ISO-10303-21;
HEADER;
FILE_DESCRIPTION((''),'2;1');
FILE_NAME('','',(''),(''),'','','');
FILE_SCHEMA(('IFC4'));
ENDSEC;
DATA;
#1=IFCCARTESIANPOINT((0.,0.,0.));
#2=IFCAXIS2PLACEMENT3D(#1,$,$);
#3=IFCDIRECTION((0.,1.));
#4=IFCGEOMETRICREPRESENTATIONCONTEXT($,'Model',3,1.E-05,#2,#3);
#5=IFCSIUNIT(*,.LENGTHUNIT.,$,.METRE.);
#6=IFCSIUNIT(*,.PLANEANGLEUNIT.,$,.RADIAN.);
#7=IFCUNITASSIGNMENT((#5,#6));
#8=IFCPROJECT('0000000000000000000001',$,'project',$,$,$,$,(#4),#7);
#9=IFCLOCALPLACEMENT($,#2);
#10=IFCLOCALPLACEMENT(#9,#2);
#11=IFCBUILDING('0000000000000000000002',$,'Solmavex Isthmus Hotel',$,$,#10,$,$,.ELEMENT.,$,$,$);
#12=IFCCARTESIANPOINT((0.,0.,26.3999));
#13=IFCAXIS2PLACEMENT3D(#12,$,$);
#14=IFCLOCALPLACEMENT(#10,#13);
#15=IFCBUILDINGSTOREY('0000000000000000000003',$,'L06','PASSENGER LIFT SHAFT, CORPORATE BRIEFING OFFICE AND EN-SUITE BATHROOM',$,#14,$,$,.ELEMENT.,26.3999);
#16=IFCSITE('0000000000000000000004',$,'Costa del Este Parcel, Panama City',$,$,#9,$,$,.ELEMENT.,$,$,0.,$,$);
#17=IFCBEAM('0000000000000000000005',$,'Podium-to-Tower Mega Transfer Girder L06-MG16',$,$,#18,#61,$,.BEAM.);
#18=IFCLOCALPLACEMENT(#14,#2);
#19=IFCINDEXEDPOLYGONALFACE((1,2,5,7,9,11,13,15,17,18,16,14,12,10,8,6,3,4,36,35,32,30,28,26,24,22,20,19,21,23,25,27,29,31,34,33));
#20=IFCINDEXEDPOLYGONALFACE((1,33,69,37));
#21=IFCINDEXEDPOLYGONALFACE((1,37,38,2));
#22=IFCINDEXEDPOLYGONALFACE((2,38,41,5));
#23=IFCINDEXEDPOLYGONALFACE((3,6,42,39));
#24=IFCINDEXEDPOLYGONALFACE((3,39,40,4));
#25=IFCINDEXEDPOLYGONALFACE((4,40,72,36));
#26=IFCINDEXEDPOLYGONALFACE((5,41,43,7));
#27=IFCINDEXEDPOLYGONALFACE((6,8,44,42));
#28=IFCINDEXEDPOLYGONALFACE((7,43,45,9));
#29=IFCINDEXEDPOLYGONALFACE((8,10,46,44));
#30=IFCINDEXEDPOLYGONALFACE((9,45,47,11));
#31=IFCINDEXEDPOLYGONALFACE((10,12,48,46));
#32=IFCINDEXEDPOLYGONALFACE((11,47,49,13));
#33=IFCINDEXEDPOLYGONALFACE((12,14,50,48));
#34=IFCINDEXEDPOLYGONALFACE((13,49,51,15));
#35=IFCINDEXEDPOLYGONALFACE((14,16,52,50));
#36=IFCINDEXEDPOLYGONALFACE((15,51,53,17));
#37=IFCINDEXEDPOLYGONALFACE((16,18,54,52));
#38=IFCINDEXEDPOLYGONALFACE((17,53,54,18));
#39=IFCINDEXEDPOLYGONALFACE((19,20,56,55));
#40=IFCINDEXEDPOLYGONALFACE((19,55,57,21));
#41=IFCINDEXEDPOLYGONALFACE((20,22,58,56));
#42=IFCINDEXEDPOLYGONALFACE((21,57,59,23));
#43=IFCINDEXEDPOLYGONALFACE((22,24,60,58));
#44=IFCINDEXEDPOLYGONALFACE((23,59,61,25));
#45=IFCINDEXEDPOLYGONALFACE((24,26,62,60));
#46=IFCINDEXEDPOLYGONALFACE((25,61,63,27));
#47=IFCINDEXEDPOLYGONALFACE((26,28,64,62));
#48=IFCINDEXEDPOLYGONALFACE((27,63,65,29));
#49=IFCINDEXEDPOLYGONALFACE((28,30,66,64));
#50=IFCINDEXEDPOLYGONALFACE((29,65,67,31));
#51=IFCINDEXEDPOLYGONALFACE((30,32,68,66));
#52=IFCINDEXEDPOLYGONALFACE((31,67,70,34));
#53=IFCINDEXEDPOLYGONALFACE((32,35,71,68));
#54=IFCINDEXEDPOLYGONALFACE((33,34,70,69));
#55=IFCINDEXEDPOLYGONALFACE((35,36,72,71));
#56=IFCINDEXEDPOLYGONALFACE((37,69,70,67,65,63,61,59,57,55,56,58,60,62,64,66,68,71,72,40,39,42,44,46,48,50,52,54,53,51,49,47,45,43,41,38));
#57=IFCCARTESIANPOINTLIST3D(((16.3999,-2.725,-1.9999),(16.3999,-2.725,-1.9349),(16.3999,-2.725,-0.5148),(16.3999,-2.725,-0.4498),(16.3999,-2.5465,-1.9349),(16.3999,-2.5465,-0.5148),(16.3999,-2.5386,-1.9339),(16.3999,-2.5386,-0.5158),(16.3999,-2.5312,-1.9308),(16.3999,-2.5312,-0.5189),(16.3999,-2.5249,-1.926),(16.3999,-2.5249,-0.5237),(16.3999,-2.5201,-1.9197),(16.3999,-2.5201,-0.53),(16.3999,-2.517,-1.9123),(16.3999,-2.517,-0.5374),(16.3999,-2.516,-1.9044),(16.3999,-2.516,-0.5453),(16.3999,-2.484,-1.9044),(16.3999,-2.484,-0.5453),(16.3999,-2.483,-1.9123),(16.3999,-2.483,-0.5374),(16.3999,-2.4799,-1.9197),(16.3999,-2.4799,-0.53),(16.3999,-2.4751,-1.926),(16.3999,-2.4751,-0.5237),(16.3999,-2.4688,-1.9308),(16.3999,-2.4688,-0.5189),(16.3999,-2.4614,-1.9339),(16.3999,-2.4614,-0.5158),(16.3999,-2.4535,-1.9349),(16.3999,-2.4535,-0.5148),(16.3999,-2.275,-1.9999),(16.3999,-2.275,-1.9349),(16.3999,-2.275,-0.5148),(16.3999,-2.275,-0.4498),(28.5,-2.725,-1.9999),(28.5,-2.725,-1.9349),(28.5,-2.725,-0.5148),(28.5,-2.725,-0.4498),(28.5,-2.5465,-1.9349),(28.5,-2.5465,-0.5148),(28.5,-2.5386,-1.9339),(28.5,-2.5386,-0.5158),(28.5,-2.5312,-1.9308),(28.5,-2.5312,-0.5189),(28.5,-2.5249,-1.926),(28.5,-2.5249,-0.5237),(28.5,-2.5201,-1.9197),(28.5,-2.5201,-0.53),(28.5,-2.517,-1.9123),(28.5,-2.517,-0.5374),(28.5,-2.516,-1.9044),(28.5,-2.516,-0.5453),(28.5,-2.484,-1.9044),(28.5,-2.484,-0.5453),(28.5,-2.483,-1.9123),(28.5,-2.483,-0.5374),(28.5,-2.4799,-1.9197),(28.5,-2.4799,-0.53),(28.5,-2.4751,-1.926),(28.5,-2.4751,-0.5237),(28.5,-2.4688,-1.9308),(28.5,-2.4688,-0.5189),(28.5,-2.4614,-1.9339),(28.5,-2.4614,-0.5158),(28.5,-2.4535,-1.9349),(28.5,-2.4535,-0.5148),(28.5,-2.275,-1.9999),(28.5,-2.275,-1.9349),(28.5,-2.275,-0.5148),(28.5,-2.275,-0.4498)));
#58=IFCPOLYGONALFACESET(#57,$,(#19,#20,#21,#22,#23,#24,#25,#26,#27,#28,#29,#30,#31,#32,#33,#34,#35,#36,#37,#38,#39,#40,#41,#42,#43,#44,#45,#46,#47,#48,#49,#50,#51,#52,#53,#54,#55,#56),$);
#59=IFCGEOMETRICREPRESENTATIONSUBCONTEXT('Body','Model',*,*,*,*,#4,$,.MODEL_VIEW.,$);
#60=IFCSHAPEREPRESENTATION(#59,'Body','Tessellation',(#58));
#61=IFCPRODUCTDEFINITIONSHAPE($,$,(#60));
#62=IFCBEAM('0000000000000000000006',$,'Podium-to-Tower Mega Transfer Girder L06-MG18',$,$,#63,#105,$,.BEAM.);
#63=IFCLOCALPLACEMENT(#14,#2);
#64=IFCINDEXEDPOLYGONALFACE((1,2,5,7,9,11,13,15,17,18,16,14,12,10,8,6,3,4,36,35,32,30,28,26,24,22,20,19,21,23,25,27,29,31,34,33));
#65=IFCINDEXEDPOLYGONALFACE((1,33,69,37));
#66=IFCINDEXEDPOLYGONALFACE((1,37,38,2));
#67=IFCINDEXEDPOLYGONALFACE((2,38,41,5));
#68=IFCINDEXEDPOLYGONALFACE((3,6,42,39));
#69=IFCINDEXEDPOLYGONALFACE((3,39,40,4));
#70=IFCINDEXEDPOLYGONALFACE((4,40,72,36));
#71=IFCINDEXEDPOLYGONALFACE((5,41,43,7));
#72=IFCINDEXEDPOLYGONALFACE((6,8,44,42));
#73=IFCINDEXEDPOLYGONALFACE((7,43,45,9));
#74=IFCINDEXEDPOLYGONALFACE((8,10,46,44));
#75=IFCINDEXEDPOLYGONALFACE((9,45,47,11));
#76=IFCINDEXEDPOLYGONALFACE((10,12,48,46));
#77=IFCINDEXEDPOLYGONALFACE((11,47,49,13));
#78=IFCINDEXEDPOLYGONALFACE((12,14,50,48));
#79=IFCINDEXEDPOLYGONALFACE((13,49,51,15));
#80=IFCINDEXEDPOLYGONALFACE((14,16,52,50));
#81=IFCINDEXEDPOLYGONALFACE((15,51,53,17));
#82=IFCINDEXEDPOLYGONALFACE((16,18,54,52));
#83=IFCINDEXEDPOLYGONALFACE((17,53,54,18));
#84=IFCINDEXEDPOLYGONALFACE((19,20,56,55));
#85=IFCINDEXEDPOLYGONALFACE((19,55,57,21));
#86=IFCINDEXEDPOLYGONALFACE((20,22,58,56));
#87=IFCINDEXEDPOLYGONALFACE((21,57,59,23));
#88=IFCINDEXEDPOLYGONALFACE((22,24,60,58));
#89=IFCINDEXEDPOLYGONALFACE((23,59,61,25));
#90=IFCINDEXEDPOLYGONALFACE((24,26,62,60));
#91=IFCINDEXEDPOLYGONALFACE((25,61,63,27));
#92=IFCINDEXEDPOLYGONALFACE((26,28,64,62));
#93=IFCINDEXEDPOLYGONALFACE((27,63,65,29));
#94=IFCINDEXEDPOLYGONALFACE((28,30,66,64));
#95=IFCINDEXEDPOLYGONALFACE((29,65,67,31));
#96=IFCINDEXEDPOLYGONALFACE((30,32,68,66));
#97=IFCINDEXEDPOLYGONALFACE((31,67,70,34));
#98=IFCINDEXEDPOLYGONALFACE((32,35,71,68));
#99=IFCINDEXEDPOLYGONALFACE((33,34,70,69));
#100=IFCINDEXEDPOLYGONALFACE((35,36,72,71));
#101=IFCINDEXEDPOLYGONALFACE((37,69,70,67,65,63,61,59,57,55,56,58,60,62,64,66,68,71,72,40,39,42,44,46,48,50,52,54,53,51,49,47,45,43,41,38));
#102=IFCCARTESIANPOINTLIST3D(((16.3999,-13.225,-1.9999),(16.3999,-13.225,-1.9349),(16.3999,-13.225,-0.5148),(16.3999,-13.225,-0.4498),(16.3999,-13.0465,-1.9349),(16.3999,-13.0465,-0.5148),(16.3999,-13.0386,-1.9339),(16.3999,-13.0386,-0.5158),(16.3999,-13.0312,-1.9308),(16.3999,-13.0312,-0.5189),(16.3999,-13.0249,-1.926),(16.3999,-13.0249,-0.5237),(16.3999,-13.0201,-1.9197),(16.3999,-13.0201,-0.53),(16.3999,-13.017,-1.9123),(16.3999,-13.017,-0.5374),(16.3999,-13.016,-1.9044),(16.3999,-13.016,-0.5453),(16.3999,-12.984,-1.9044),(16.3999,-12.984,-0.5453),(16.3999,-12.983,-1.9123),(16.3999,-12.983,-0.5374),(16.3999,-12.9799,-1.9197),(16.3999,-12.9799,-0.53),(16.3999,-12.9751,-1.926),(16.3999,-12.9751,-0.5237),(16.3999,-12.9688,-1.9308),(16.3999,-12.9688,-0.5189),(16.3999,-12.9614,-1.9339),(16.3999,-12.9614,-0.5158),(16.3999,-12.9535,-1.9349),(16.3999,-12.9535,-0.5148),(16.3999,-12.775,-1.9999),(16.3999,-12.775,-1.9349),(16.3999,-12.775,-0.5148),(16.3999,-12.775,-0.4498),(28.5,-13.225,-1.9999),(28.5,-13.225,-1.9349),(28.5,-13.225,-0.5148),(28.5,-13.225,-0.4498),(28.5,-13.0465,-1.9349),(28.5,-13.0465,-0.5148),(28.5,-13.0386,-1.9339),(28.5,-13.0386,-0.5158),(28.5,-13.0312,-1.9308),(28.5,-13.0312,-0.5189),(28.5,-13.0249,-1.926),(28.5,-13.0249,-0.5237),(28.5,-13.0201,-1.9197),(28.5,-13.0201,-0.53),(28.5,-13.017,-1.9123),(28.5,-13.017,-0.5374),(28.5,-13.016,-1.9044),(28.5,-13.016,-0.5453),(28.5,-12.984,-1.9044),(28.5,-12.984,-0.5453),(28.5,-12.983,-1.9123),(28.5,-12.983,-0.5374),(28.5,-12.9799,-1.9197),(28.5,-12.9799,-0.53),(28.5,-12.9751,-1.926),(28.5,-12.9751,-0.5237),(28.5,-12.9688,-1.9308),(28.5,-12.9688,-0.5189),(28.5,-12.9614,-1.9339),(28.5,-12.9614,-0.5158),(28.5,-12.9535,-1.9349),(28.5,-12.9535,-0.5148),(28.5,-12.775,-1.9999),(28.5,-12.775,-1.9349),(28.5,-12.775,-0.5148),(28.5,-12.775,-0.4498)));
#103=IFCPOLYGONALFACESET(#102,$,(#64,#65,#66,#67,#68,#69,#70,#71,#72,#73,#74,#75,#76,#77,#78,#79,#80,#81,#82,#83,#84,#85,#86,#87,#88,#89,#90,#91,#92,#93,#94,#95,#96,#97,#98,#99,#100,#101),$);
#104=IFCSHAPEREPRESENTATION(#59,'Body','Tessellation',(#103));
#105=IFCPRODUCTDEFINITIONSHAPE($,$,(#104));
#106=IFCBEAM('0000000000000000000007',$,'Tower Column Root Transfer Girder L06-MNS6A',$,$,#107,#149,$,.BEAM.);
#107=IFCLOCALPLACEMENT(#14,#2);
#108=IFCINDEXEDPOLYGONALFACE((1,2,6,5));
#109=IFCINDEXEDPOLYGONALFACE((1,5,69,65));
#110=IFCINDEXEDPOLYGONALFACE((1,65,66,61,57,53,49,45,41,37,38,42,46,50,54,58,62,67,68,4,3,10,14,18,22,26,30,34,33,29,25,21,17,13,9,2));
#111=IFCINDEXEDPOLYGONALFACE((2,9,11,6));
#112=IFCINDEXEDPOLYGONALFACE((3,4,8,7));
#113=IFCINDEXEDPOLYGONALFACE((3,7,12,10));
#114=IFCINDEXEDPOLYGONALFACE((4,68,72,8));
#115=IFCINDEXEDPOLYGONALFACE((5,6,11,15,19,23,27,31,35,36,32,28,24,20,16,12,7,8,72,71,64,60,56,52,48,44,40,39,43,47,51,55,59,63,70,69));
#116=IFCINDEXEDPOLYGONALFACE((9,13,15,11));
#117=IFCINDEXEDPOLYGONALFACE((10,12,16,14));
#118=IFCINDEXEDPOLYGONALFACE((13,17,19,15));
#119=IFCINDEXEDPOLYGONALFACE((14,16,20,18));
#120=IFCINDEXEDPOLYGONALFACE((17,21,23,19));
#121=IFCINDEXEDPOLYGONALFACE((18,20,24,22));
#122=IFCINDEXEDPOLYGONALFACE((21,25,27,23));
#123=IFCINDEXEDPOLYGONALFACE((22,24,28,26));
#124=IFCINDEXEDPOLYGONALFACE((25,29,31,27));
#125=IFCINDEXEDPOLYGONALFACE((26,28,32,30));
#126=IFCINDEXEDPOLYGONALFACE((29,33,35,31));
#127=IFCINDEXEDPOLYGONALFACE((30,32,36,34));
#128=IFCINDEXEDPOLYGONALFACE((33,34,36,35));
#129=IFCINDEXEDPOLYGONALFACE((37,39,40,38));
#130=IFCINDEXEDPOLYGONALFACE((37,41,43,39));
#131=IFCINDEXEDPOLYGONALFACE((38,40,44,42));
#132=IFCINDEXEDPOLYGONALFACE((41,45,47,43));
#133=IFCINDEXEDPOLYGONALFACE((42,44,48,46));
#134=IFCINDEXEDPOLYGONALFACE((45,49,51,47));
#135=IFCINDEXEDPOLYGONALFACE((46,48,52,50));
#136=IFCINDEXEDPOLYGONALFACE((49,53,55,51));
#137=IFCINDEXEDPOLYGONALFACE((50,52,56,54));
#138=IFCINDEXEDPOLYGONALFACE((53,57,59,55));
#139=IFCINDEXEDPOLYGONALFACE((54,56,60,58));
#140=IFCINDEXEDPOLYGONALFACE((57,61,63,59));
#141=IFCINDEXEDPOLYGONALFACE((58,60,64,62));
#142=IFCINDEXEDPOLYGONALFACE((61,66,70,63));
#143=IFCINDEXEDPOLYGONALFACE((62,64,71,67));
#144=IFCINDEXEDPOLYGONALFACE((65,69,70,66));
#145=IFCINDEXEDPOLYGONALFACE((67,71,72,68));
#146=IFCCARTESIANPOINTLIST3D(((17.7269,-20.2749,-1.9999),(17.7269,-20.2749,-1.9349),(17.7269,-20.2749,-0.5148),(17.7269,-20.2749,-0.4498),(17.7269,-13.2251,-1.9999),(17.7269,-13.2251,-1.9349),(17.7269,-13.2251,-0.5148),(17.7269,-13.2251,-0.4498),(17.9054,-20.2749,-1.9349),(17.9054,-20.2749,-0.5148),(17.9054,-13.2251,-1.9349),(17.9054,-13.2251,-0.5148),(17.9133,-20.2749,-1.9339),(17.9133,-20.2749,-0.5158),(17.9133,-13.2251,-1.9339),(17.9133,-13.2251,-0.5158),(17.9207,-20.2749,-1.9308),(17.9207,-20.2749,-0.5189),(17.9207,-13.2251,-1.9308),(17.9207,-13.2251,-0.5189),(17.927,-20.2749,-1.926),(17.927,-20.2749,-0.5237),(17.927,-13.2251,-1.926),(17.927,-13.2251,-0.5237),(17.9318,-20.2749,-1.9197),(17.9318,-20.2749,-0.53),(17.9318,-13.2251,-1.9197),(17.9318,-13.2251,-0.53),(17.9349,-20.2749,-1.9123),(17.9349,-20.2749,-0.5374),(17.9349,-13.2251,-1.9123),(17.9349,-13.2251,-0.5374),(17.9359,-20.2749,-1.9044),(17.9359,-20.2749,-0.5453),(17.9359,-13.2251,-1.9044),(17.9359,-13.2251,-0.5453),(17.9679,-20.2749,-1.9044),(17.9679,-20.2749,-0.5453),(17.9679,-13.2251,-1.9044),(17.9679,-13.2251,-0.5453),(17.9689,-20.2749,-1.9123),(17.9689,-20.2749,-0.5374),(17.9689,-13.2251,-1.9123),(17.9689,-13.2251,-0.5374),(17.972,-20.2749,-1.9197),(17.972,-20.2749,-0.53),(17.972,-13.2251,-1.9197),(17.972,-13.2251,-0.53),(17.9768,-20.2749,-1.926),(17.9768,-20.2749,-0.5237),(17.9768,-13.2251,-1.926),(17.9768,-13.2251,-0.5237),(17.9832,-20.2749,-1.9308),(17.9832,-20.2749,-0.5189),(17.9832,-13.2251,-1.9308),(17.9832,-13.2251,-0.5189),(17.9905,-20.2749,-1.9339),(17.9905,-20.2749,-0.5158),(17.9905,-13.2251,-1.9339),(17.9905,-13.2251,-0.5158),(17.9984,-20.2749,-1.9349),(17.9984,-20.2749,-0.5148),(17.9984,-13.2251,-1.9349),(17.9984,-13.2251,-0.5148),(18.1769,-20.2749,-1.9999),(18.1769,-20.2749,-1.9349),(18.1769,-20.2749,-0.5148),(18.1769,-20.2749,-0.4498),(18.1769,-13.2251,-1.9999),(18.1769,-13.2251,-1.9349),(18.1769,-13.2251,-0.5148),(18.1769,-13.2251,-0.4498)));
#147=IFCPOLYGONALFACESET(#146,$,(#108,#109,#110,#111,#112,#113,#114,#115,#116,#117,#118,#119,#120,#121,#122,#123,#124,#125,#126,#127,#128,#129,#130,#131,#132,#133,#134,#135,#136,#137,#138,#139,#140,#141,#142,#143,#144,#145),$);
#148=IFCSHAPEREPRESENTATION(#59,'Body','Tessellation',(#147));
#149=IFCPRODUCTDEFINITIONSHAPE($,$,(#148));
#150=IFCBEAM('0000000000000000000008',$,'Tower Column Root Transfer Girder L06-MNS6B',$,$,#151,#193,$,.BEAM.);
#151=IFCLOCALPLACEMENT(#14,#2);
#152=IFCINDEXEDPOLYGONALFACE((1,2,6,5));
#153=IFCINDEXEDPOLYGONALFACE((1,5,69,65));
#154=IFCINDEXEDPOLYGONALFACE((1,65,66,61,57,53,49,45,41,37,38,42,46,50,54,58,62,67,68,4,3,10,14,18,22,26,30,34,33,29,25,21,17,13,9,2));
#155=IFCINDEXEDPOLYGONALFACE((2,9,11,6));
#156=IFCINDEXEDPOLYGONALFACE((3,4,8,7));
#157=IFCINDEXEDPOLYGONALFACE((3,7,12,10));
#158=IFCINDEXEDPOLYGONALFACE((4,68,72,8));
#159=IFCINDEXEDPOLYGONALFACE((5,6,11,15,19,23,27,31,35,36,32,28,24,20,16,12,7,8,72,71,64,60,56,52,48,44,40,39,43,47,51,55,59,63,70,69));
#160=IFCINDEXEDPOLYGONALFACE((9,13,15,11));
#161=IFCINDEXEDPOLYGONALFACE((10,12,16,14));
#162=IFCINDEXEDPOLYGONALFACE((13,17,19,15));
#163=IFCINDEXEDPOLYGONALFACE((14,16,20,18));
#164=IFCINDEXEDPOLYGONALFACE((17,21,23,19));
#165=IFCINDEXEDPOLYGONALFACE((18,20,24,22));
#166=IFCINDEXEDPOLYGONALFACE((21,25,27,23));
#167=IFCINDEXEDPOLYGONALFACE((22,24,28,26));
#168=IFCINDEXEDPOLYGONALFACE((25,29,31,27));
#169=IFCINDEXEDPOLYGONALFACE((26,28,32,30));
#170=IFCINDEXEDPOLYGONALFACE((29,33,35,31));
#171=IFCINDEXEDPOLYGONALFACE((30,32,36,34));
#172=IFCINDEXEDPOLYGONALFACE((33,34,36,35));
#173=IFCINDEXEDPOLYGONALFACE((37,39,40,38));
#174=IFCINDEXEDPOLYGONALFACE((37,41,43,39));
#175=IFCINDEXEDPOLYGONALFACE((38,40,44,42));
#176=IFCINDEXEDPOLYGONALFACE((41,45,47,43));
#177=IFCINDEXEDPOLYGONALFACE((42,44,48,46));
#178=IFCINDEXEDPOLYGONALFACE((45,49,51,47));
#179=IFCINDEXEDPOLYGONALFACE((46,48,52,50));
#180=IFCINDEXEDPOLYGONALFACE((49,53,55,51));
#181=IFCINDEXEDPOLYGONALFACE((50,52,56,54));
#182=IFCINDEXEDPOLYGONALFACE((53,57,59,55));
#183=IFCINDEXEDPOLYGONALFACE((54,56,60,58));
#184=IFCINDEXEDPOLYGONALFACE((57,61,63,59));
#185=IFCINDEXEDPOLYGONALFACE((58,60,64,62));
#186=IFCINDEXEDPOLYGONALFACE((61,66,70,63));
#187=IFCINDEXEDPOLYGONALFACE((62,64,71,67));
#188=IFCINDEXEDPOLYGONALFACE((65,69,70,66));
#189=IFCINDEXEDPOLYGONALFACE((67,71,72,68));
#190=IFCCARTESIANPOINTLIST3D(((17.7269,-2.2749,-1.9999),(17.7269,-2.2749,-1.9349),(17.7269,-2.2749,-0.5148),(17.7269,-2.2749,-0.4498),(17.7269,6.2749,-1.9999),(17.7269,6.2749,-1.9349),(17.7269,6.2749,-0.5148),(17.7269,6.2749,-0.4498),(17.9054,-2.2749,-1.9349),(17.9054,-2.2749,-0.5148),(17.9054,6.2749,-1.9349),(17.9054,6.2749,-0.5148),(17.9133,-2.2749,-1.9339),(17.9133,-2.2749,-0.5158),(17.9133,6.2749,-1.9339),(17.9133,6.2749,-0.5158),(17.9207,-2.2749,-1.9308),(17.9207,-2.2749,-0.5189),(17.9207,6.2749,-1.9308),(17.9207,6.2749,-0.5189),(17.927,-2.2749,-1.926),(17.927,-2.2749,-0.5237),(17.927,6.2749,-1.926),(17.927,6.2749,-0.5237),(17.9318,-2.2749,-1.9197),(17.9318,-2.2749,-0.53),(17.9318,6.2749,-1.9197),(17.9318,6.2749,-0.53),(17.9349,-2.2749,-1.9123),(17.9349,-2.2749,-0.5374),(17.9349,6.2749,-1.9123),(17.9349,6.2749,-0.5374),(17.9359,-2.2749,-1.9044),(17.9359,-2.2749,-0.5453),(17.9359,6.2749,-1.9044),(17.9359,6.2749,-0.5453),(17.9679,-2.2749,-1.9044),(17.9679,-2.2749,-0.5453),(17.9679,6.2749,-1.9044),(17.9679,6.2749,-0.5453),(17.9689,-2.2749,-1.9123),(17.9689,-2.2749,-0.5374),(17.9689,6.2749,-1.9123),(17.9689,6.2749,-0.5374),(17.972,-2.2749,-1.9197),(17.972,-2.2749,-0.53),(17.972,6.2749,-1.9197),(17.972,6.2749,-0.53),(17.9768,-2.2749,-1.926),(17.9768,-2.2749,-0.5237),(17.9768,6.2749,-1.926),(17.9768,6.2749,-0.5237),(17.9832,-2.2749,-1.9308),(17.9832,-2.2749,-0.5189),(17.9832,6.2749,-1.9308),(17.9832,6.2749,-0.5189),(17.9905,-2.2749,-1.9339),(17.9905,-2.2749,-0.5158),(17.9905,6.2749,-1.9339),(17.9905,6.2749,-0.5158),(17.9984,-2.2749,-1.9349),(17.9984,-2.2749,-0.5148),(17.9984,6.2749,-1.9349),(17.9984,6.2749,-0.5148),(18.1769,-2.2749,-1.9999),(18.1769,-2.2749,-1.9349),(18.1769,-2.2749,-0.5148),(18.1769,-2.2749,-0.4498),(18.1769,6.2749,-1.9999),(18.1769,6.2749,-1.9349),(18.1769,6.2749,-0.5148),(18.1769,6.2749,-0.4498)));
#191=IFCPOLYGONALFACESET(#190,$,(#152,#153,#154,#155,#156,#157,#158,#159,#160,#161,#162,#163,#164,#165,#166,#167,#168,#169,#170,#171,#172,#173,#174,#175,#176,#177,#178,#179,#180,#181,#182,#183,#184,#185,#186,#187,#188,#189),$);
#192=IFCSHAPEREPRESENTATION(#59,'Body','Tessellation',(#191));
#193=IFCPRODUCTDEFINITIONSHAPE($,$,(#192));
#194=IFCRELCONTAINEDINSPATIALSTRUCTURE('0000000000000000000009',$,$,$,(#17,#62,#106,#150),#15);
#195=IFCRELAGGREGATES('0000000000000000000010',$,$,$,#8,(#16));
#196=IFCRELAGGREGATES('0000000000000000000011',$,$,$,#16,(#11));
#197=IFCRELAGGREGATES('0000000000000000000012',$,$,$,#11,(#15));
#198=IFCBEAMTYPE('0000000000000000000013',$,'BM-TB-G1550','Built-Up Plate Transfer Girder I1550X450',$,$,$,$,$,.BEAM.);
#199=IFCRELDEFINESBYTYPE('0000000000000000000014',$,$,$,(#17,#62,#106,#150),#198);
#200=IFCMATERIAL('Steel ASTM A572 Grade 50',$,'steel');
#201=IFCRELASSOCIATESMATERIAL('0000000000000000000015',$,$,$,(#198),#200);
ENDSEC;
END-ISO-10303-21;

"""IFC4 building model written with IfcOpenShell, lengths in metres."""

from ifc_helpers import new_model, si_unit, direction, frame, origin, origin_2d, place, context, subcontext, project, spatial, i_section, extrude, material, material_profile, profile_set, type_object, element, save


model = new_model("IFC4")

# Units and contexts
model_context = context("Model", 3, precision=1e-05, world=origin(), true_north=direction((0.0, 1.0)))
body_context = subcontext(model_context, "Body", "Model", "MODEL_VIEW")
ifc_project = project(units=[si_unit("LENGTHUNIT", "METRE"), si_unit("PLANEANGLEUNIT", "RADIAN")], contexts=[model_context])

# Site, building, storey
site_placement = place(None, origin())
site = spatial("IfcSite", under=ifc_project, at=site_placement, Name="Costa del Este Parcel, Panama City", CompositionType="ELEMENT", RefElevation=0.0)
building_placement = place(site_placement, origin())
building = spatial("IfcBuilding", under=site, at=building_placement, Name="Solmavex Isthmus Hotel", CompositionType="ELEMENT")
storey_placement = place(building_placement, frame((0.0, 0.0, 26.3999)))
storey = spatial("IfcBuildingStorey", under=building, at=storey_placement, Name="L06", Description="PASSENGER LIFT SHAFT, CORPORATE BRIEFING OFFICE AND EN-SUITE BATHROOM", CompositionType="ELEMENT", Elevation=26.3999)

# Beams
ifc_material_1 = material(Name="Steel ASTM A572 Grade 50", Category="steel")
ifc_material_profile_1 = material_profile(ifc_material_1, i_section(OverallWidth=0.45, OverallDepth=1.55, WebThickness=0.032, FlangeThickness=0.0649, FilletRadius=0.0305, at=origin_2d()), Name="I1550X450")
ifc_profile_set_1 = profile_set([ifc_material_profile_1], Name="Steel ASTM A572 Grade 50")
beam_type_1 = type_object("IfcBeamType", Name="BM-TB-G1550", Description="Built-Up Plate Transfer Girder I1550X450", PredefinedType="BEAM", material=ifc_profile_set_1)
for number, where, z_axis, x_axis, name in (
    (1, (16.3999, -2.5, -1.2249), (1.0, 0.0, 0.0), (0.0, 1.0, 0.0), "Podium-to-Tower Mega Transfer Girder L06-MG16"),
    (2, (16.3999, -13.0, -1.2249), (1.0, 0.0, 0.0), (0.0, 1.0, 0.0), "Podium-to-Tower Mega Transfer Girder L06-MG18"),
):
    element("IfcBeam", number, at=place(storey_placement, frame(where, z_axis=z_axis, x_axis=x_axis)), inside=storey, type_object=beam_type_1, Name=name, PredefinedType="BEAM", context=body_context, shape_type="SweptSolid", body=[
        extrude(i_section(OverallWidth=0.45, OverallDepth=1.55, WebThickness=0.032, FlangeThickness=0.0649, FilletRadius=0.0305, at=origin_2d()), origin(), (0.0, 0.0, 1.0), 12.1001),
    ])
beam_1_placement = place(storey_placement, frame((17.9519, -20.2749, -1.2249), z_axis=(0.0, 1.0, 0.0), x_axis=(-1.0, 0.0, 0.0)))
element("IfcBeam", 3, at=beam_1_placement, inside=storey, type_object=beam_type_1, Name="Tower Column Root Transfer Girder L06-MNS6A", PredefinedType="BEAM", context=body_context, shape_type="SweptSolid", body=[
    extrude(i_section(OverallWidth=0.45, OverallDepth=1.55, WebThickness=0.032, FlangeThickness=0.0649, FilletRadius=0.0305, at=origin_2d()), origin(), (0.0, 0.0, 1.0), 7.0498),
])
beam_2_placement = place(storey_placement, frame((17.9519, -2.2749, -1.2249), z_axis=(0.0, 1.0, 0.0), x_axis=(-1.0, 0.0, 0.0)))
element("IfcBeam", 4, at=beam_2_placement, inside=storey, type_object=beam_type_1, Name="Tower Column Root Transfer Girder L06-MNS6B", PredefinedType="BEAM", context=body_context, shape_type="SweptSolid", body=[
    extrude(i_section(OverallWidth=0.45, OverallDepth=1.55, WebThickness=0.032, FlangeThickness=0.0649, FilletRadius=0.0305, at=origin_2d()), origin(), (0.0, 0.0, 1.0), 8.5498),
])

save(model, "model.ifc")
